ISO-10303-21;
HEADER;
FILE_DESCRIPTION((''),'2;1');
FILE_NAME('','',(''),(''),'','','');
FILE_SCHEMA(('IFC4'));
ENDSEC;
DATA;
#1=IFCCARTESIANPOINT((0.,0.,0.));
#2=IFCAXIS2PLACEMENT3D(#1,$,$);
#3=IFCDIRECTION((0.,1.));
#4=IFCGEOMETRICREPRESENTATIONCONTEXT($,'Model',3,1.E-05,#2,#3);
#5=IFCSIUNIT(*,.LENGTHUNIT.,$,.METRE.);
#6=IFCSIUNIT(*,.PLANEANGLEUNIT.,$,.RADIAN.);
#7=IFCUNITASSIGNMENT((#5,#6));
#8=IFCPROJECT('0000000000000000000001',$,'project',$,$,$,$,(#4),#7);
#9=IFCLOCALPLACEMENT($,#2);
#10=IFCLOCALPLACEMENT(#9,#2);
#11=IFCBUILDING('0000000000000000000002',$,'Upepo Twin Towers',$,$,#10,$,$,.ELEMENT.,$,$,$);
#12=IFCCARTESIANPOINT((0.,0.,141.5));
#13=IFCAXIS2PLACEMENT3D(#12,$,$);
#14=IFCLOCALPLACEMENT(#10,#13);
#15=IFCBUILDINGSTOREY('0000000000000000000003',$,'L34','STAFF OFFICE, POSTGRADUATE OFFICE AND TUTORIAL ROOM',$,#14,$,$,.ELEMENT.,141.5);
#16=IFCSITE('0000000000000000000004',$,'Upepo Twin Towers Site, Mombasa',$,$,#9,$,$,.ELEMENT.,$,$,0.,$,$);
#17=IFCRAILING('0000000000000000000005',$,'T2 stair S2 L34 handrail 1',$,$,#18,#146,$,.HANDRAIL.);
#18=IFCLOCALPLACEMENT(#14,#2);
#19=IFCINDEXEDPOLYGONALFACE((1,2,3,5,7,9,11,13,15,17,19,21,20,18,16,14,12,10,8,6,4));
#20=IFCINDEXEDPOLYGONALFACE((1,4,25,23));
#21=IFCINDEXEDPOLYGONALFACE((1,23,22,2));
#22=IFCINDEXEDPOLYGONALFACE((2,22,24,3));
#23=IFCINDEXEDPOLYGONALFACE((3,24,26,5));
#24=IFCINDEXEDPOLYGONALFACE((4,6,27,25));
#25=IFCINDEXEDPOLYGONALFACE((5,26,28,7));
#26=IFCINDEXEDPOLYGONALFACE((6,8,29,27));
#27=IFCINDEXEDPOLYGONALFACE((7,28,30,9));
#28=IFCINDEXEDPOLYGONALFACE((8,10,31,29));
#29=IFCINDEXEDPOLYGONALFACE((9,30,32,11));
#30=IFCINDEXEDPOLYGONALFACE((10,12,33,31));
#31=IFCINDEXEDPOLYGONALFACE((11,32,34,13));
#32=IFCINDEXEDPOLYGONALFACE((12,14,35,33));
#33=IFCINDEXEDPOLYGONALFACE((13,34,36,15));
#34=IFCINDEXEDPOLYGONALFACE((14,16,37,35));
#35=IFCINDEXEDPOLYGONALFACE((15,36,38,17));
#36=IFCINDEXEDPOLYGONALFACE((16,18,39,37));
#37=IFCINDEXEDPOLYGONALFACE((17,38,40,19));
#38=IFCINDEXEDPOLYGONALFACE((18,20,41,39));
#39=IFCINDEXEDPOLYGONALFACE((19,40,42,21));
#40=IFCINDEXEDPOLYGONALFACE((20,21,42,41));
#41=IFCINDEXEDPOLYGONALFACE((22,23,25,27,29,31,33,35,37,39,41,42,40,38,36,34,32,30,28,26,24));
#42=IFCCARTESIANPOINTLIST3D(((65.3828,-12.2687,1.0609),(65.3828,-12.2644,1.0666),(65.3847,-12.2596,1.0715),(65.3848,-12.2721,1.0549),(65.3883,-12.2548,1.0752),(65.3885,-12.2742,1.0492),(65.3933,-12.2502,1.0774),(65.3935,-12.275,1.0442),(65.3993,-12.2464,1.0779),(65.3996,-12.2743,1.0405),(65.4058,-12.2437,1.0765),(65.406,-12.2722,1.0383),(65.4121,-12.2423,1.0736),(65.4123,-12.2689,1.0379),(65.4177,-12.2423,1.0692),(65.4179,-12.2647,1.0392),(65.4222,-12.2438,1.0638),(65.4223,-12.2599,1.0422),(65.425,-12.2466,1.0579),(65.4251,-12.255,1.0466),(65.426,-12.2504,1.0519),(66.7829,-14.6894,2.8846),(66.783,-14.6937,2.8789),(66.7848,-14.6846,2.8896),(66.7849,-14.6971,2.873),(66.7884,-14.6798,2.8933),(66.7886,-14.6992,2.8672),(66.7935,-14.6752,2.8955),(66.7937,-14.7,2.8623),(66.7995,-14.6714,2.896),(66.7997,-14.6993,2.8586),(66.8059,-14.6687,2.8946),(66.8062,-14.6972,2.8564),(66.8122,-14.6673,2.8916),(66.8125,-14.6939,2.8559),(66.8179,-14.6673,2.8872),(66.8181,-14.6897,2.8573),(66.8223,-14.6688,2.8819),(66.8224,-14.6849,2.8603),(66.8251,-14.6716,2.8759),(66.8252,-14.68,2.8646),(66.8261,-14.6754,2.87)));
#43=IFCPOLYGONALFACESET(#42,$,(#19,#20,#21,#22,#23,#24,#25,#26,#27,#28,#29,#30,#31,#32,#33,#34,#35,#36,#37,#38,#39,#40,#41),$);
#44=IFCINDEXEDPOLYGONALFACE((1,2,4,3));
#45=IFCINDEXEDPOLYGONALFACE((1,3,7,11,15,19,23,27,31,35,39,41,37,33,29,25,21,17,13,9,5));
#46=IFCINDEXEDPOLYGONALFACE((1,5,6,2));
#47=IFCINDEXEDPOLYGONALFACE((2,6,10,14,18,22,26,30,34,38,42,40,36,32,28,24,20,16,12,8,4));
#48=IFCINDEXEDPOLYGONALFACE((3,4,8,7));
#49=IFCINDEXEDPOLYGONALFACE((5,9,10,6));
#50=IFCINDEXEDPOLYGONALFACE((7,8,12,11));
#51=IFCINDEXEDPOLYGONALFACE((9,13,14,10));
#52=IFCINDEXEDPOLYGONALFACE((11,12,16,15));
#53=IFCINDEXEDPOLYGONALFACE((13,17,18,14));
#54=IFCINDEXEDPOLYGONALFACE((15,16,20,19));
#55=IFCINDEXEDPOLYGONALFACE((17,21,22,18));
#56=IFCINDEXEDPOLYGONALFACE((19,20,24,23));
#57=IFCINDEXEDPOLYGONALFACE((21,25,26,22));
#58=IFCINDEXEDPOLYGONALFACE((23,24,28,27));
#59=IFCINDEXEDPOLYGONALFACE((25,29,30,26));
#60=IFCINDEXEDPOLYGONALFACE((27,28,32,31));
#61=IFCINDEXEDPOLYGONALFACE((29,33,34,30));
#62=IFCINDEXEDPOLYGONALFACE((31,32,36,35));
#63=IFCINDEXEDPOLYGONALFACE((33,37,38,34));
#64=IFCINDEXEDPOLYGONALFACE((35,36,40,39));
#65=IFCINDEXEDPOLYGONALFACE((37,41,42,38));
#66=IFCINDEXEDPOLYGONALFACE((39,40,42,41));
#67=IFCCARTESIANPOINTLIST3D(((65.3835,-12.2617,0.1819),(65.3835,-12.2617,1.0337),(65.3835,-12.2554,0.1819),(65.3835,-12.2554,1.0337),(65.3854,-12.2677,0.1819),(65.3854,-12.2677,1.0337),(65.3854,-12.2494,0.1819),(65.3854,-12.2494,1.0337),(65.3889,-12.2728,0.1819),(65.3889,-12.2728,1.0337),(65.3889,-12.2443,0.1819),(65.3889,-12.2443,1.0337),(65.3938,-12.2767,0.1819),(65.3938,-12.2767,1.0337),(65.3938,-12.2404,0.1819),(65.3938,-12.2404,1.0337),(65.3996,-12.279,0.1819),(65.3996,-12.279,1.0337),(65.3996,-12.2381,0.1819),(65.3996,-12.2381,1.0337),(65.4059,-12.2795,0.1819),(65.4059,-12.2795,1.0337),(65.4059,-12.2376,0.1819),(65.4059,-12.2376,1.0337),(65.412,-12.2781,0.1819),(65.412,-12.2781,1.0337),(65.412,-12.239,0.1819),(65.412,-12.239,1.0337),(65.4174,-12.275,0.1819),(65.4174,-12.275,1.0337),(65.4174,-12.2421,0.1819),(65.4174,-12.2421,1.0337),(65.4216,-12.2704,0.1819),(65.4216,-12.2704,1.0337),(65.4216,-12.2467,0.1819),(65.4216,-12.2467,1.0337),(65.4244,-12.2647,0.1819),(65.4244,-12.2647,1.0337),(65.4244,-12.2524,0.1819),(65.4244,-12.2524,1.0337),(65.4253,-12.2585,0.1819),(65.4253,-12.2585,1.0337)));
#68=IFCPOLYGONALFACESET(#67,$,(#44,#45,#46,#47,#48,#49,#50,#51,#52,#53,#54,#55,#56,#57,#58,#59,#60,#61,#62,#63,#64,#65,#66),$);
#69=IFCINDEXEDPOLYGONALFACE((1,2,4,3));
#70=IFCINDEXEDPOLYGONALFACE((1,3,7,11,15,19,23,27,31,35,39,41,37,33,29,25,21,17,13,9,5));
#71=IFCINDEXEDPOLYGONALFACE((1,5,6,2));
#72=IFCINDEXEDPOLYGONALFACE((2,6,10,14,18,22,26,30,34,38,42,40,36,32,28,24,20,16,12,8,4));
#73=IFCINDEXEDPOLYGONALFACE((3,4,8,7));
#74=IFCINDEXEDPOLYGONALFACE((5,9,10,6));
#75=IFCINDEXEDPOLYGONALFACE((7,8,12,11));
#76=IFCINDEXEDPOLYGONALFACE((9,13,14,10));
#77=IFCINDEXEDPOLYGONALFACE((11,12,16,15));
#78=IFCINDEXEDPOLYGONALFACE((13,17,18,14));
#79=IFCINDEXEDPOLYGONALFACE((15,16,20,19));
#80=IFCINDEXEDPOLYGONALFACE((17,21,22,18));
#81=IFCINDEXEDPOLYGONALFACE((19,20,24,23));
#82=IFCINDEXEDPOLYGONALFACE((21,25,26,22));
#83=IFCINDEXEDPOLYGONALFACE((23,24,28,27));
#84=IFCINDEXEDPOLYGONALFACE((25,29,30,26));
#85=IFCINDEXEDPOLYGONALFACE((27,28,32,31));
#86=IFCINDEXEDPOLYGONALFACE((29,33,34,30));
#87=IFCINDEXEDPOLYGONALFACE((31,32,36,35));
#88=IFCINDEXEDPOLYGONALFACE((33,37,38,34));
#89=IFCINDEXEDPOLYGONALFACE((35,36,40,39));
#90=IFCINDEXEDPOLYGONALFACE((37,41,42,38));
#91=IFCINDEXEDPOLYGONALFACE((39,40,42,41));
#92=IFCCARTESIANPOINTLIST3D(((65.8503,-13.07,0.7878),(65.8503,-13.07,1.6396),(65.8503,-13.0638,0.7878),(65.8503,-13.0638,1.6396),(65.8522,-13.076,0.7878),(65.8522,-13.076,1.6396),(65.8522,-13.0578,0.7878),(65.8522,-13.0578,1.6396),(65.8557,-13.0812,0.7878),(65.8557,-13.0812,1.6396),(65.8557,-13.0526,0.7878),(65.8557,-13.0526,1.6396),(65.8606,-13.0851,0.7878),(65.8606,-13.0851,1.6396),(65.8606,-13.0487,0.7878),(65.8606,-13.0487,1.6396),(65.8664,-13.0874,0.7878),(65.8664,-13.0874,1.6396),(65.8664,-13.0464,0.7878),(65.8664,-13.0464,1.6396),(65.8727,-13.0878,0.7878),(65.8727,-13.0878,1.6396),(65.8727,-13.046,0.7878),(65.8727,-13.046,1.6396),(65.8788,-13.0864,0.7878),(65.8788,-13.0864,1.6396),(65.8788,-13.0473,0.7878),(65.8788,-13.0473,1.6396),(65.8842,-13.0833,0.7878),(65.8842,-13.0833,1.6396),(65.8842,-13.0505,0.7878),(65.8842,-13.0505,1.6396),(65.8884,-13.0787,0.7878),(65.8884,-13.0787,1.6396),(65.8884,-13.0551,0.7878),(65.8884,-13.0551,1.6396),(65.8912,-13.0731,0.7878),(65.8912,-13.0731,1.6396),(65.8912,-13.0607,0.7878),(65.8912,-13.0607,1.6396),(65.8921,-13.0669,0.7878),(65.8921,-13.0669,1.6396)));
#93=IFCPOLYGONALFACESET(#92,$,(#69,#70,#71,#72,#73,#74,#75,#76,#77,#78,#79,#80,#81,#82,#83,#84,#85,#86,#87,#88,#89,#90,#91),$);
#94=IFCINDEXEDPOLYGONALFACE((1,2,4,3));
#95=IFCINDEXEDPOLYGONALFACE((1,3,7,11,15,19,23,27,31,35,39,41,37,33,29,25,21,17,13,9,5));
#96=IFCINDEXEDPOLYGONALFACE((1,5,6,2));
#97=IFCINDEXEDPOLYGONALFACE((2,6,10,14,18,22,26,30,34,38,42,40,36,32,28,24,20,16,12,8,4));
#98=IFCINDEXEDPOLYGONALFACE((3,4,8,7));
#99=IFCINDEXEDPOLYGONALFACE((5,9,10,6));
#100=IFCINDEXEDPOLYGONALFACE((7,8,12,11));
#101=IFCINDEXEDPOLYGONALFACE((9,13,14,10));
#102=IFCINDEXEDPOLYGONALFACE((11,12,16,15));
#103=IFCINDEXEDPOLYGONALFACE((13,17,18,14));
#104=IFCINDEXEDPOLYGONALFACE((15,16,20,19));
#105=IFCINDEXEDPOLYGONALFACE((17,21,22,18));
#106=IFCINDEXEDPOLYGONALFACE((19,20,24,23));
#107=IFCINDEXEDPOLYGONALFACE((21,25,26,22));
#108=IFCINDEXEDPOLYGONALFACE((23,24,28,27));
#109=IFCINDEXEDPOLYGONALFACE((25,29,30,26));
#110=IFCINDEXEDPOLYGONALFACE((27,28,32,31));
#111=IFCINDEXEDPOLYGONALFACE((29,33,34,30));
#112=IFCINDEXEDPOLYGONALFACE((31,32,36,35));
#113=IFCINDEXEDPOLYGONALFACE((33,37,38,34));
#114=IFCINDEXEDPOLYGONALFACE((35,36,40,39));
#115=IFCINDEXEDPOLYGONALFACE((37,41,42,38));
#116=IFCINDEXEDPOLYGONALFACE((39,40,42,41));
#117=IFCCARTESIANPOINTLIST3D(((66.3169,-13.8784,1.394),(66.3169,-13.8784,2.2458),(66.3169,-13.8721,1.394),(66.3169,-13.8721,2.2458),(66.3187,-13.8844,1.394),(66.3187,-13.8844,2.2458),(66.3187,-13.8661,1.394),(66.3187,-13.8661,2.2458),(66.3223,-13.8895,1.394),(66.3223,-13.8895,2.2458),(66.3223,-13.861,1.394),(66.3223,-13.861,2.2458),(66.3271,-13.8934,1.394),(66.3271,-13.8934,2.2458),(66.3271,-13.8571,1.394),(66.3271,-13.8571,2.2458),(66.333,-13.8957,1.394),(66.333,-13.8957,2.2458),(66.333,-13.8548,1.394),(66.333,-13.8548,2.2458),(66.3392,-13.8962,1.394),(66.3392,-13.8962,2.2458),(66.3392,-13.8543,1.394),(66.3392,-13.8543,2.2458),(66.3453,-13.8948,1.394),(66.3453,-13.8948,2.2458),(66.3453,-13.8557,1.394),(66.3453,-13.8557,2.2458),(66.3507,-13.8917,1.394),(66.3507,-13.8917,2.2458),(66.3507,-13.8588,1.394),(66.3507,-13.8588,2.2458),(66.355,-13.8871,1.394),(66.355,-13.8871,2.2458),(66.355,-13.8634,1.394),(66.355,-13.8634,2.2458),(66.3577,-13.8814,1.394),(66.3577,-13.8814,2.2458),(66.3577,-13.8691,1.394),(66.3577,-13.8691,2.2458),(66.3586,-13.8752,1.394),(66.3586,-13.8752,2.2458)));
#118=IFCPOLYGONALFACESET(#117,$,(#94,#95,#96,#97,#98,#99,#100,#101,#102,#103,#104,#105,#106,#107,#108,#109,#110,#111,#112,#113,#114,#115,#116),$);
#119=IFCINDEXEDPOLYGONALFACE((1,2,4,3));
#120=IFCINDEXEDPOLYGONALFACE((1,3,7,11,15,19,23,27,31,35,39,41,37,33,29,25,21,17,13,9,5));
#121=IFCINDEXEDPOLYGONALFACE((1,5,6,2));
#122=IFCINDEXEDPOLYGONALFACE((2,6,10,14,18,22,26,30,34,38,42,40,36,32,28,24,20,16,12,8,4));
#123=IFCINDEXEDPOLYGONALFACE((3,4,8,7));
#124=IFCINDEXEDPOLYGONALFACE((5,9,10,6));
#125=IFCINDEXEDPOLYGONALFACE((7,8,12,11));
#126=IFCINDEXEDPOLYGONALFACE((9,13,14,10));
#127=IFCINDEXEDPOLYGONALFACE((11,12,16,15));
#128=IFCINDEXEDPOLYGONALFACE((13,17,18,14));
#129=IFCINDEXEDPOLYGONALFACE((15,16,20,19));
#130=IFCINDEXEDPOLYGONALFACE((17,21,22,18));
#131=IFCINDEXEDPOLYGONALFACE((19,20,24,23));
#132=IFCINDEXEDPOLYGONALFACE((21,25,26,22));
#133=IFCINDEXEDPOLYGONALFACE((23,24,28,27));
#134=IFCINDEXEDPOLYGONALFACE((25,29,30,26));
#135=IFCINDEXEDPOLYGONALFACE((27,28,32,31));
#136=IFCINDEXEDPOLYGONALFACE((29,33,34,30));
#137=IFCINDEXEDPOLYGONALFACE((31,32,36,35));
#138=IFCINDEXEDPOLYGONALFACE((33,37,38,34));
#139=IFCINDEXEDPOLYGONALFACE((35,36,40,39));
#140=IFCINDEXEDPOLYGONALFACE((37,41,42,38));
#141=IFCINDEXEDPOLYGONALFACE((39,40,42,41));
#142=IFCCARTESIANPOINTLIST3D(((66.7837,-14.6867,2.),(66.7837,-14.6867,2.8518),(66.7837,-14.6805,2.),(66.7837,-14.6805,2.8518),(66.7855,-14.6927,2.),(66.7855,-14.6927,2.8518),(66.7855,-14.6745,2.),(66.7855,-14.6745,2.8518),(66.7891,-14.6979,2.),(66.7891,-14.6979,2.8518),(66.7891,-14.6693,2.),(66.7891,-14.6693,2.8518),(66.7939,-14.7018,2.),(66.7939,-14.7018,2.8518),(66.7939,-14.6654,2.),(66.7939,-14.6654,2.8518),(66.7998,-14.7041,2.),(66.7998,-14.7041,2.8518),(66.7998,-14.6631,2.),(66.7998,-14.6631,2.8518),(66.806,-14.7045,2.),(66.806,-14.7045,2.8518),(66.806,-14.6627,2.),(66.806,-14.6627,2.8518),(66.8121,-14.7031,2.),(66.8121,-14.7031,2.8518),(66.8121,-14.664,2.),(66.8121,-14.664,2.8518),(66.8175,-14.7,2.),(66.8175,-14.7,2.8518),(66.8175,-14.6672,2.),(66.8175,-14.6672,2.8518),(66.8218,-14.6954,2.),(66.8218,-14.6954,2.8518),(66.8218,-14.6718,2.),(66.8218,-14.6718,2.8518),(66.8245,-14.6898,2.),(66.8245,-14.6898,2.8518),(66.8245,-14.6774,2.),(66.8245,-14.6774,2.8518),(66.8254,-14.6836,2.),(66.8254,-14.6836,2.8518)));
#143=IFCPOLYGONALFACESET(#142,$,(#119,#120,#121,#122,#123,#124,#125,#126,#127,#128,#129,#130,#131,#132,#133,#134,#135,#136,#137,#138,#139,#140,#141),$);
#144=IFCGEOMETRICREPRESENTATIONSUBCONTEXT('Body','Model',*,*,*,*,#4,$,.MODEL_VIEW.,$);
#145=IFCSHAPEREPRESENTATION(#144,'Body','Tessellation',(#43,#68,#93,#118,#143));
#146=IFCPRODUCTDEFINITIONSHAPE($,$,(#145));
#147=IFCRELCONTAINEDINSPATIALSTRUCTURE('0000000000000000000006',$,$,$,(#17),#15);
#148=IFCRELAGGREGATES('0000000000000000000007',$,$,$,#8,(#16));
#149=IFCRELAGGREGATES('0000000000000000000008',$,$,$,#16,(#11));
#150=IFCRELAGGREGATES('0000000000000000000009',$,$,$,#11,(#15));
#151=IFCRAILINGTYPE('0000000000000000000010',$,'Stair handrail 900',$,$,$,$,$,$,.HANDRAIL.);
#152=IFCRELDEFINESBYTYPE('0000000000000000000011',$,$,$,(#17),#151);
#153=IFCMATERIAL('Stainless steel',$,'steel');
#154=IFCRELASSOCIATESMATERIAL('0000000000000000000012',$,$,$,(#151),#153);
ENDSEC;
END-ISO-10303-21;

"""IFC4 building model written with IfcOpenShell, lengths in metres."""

from ifc_helpers import new_model, si_unit, direction, frame, origin, origin_2d, place, context, subcontext, project, spatial, circle, extrude, material, type_object, element, save


model = new_model("IFC4")

# Units and contexts
model_context = context("Model", 3, precision=1e-05, world=origin(), true_north=direction((0.0, 1.0)))
body_context = subcontext(model_context, "Body", "Model", "MODEL_VIEW")
ifc_project = project(units=[si_unit("LENGTHUNIT", "METRE"), si_unit("PLANEANGLEUNIT", "RADIAN")], contexts=[model_context])

# Site, building, storey
site_placement = place(None, origin())
site = spatial("IfcSite", under=ifc_project, at=site_placement, Name="Upepo Twin Towers Site, Mombasa", CompositionType="ELEMENT", RefElevation=0.0)
building_placement = place(site_placement, origin())
building = spatial("IfcBuilding", under=site, at=building_placement, Name="Upepo Twin Towers", CompositionType="ELEMENT")
storey_placement = place(building_placement, frame((0.0, 0.0, 141.5)))
storey = spatial("IfcBuildingStorey", under=building, at=storey_placement, Name="L34", Description="STAFF OFFICE, POSTGRADUATE OFFICE AND TUTORIAL ROOM", CompositionType="ELEMENT", Elevation=141.5)

# Railing
ifc_material_1 = material(Name="Stainless steel", Category="steel")
railing_type = type_object("IfcRailingType", Name="Stair handrail 900", PredefinedType="HANDRAIL", material=ifc_material_1)
railing_1_placement = place(storey_placement, frame((65.4043, -12.2585, 0.1819)))
element("IfcRailing", 1, at=railing_1_placement, inside=storey, type_object=railing_type, Name="T2 stair S2 L34 handrail 1", PredefinedType="HANDRAIL", context=body_context, shape_type="SweptSolid", body=[
    extrude(circle(Radius=0.0239, at=origin_2d()), frame((0.0, 0.0, 0.876), z_axis=(0.419371, -0.726349, 0.54456), x_axis=(0.866019, 0.500012, 0.0)), (0.0, 0.0, 1.0), 3.3386),
    extrude(circle(Radius=0.021, at=origin_2d()), origin(), (0.0, 0.0, 1.0), 0.8518),
    extrude(circle(Radius=0.021, at=origin_2d()), frame((0.4668, -0.8083, 0.606)), (0.0, 0.0, 1.0), 0.8518),
    extrude(circle(Radius=0.021, at=origin_2d()), frame((0.9333, -1.6167, 1.2122)), (0.0, 0.0, 1.0), 0.8518),
    extrude(circle(Radius=0.021, at=origin_2d()), frame((1.4001, -2.425, 1.8181)), (0.0, 0.0, 1.0), 0.8518),
])

save(model, "model.ifc")
